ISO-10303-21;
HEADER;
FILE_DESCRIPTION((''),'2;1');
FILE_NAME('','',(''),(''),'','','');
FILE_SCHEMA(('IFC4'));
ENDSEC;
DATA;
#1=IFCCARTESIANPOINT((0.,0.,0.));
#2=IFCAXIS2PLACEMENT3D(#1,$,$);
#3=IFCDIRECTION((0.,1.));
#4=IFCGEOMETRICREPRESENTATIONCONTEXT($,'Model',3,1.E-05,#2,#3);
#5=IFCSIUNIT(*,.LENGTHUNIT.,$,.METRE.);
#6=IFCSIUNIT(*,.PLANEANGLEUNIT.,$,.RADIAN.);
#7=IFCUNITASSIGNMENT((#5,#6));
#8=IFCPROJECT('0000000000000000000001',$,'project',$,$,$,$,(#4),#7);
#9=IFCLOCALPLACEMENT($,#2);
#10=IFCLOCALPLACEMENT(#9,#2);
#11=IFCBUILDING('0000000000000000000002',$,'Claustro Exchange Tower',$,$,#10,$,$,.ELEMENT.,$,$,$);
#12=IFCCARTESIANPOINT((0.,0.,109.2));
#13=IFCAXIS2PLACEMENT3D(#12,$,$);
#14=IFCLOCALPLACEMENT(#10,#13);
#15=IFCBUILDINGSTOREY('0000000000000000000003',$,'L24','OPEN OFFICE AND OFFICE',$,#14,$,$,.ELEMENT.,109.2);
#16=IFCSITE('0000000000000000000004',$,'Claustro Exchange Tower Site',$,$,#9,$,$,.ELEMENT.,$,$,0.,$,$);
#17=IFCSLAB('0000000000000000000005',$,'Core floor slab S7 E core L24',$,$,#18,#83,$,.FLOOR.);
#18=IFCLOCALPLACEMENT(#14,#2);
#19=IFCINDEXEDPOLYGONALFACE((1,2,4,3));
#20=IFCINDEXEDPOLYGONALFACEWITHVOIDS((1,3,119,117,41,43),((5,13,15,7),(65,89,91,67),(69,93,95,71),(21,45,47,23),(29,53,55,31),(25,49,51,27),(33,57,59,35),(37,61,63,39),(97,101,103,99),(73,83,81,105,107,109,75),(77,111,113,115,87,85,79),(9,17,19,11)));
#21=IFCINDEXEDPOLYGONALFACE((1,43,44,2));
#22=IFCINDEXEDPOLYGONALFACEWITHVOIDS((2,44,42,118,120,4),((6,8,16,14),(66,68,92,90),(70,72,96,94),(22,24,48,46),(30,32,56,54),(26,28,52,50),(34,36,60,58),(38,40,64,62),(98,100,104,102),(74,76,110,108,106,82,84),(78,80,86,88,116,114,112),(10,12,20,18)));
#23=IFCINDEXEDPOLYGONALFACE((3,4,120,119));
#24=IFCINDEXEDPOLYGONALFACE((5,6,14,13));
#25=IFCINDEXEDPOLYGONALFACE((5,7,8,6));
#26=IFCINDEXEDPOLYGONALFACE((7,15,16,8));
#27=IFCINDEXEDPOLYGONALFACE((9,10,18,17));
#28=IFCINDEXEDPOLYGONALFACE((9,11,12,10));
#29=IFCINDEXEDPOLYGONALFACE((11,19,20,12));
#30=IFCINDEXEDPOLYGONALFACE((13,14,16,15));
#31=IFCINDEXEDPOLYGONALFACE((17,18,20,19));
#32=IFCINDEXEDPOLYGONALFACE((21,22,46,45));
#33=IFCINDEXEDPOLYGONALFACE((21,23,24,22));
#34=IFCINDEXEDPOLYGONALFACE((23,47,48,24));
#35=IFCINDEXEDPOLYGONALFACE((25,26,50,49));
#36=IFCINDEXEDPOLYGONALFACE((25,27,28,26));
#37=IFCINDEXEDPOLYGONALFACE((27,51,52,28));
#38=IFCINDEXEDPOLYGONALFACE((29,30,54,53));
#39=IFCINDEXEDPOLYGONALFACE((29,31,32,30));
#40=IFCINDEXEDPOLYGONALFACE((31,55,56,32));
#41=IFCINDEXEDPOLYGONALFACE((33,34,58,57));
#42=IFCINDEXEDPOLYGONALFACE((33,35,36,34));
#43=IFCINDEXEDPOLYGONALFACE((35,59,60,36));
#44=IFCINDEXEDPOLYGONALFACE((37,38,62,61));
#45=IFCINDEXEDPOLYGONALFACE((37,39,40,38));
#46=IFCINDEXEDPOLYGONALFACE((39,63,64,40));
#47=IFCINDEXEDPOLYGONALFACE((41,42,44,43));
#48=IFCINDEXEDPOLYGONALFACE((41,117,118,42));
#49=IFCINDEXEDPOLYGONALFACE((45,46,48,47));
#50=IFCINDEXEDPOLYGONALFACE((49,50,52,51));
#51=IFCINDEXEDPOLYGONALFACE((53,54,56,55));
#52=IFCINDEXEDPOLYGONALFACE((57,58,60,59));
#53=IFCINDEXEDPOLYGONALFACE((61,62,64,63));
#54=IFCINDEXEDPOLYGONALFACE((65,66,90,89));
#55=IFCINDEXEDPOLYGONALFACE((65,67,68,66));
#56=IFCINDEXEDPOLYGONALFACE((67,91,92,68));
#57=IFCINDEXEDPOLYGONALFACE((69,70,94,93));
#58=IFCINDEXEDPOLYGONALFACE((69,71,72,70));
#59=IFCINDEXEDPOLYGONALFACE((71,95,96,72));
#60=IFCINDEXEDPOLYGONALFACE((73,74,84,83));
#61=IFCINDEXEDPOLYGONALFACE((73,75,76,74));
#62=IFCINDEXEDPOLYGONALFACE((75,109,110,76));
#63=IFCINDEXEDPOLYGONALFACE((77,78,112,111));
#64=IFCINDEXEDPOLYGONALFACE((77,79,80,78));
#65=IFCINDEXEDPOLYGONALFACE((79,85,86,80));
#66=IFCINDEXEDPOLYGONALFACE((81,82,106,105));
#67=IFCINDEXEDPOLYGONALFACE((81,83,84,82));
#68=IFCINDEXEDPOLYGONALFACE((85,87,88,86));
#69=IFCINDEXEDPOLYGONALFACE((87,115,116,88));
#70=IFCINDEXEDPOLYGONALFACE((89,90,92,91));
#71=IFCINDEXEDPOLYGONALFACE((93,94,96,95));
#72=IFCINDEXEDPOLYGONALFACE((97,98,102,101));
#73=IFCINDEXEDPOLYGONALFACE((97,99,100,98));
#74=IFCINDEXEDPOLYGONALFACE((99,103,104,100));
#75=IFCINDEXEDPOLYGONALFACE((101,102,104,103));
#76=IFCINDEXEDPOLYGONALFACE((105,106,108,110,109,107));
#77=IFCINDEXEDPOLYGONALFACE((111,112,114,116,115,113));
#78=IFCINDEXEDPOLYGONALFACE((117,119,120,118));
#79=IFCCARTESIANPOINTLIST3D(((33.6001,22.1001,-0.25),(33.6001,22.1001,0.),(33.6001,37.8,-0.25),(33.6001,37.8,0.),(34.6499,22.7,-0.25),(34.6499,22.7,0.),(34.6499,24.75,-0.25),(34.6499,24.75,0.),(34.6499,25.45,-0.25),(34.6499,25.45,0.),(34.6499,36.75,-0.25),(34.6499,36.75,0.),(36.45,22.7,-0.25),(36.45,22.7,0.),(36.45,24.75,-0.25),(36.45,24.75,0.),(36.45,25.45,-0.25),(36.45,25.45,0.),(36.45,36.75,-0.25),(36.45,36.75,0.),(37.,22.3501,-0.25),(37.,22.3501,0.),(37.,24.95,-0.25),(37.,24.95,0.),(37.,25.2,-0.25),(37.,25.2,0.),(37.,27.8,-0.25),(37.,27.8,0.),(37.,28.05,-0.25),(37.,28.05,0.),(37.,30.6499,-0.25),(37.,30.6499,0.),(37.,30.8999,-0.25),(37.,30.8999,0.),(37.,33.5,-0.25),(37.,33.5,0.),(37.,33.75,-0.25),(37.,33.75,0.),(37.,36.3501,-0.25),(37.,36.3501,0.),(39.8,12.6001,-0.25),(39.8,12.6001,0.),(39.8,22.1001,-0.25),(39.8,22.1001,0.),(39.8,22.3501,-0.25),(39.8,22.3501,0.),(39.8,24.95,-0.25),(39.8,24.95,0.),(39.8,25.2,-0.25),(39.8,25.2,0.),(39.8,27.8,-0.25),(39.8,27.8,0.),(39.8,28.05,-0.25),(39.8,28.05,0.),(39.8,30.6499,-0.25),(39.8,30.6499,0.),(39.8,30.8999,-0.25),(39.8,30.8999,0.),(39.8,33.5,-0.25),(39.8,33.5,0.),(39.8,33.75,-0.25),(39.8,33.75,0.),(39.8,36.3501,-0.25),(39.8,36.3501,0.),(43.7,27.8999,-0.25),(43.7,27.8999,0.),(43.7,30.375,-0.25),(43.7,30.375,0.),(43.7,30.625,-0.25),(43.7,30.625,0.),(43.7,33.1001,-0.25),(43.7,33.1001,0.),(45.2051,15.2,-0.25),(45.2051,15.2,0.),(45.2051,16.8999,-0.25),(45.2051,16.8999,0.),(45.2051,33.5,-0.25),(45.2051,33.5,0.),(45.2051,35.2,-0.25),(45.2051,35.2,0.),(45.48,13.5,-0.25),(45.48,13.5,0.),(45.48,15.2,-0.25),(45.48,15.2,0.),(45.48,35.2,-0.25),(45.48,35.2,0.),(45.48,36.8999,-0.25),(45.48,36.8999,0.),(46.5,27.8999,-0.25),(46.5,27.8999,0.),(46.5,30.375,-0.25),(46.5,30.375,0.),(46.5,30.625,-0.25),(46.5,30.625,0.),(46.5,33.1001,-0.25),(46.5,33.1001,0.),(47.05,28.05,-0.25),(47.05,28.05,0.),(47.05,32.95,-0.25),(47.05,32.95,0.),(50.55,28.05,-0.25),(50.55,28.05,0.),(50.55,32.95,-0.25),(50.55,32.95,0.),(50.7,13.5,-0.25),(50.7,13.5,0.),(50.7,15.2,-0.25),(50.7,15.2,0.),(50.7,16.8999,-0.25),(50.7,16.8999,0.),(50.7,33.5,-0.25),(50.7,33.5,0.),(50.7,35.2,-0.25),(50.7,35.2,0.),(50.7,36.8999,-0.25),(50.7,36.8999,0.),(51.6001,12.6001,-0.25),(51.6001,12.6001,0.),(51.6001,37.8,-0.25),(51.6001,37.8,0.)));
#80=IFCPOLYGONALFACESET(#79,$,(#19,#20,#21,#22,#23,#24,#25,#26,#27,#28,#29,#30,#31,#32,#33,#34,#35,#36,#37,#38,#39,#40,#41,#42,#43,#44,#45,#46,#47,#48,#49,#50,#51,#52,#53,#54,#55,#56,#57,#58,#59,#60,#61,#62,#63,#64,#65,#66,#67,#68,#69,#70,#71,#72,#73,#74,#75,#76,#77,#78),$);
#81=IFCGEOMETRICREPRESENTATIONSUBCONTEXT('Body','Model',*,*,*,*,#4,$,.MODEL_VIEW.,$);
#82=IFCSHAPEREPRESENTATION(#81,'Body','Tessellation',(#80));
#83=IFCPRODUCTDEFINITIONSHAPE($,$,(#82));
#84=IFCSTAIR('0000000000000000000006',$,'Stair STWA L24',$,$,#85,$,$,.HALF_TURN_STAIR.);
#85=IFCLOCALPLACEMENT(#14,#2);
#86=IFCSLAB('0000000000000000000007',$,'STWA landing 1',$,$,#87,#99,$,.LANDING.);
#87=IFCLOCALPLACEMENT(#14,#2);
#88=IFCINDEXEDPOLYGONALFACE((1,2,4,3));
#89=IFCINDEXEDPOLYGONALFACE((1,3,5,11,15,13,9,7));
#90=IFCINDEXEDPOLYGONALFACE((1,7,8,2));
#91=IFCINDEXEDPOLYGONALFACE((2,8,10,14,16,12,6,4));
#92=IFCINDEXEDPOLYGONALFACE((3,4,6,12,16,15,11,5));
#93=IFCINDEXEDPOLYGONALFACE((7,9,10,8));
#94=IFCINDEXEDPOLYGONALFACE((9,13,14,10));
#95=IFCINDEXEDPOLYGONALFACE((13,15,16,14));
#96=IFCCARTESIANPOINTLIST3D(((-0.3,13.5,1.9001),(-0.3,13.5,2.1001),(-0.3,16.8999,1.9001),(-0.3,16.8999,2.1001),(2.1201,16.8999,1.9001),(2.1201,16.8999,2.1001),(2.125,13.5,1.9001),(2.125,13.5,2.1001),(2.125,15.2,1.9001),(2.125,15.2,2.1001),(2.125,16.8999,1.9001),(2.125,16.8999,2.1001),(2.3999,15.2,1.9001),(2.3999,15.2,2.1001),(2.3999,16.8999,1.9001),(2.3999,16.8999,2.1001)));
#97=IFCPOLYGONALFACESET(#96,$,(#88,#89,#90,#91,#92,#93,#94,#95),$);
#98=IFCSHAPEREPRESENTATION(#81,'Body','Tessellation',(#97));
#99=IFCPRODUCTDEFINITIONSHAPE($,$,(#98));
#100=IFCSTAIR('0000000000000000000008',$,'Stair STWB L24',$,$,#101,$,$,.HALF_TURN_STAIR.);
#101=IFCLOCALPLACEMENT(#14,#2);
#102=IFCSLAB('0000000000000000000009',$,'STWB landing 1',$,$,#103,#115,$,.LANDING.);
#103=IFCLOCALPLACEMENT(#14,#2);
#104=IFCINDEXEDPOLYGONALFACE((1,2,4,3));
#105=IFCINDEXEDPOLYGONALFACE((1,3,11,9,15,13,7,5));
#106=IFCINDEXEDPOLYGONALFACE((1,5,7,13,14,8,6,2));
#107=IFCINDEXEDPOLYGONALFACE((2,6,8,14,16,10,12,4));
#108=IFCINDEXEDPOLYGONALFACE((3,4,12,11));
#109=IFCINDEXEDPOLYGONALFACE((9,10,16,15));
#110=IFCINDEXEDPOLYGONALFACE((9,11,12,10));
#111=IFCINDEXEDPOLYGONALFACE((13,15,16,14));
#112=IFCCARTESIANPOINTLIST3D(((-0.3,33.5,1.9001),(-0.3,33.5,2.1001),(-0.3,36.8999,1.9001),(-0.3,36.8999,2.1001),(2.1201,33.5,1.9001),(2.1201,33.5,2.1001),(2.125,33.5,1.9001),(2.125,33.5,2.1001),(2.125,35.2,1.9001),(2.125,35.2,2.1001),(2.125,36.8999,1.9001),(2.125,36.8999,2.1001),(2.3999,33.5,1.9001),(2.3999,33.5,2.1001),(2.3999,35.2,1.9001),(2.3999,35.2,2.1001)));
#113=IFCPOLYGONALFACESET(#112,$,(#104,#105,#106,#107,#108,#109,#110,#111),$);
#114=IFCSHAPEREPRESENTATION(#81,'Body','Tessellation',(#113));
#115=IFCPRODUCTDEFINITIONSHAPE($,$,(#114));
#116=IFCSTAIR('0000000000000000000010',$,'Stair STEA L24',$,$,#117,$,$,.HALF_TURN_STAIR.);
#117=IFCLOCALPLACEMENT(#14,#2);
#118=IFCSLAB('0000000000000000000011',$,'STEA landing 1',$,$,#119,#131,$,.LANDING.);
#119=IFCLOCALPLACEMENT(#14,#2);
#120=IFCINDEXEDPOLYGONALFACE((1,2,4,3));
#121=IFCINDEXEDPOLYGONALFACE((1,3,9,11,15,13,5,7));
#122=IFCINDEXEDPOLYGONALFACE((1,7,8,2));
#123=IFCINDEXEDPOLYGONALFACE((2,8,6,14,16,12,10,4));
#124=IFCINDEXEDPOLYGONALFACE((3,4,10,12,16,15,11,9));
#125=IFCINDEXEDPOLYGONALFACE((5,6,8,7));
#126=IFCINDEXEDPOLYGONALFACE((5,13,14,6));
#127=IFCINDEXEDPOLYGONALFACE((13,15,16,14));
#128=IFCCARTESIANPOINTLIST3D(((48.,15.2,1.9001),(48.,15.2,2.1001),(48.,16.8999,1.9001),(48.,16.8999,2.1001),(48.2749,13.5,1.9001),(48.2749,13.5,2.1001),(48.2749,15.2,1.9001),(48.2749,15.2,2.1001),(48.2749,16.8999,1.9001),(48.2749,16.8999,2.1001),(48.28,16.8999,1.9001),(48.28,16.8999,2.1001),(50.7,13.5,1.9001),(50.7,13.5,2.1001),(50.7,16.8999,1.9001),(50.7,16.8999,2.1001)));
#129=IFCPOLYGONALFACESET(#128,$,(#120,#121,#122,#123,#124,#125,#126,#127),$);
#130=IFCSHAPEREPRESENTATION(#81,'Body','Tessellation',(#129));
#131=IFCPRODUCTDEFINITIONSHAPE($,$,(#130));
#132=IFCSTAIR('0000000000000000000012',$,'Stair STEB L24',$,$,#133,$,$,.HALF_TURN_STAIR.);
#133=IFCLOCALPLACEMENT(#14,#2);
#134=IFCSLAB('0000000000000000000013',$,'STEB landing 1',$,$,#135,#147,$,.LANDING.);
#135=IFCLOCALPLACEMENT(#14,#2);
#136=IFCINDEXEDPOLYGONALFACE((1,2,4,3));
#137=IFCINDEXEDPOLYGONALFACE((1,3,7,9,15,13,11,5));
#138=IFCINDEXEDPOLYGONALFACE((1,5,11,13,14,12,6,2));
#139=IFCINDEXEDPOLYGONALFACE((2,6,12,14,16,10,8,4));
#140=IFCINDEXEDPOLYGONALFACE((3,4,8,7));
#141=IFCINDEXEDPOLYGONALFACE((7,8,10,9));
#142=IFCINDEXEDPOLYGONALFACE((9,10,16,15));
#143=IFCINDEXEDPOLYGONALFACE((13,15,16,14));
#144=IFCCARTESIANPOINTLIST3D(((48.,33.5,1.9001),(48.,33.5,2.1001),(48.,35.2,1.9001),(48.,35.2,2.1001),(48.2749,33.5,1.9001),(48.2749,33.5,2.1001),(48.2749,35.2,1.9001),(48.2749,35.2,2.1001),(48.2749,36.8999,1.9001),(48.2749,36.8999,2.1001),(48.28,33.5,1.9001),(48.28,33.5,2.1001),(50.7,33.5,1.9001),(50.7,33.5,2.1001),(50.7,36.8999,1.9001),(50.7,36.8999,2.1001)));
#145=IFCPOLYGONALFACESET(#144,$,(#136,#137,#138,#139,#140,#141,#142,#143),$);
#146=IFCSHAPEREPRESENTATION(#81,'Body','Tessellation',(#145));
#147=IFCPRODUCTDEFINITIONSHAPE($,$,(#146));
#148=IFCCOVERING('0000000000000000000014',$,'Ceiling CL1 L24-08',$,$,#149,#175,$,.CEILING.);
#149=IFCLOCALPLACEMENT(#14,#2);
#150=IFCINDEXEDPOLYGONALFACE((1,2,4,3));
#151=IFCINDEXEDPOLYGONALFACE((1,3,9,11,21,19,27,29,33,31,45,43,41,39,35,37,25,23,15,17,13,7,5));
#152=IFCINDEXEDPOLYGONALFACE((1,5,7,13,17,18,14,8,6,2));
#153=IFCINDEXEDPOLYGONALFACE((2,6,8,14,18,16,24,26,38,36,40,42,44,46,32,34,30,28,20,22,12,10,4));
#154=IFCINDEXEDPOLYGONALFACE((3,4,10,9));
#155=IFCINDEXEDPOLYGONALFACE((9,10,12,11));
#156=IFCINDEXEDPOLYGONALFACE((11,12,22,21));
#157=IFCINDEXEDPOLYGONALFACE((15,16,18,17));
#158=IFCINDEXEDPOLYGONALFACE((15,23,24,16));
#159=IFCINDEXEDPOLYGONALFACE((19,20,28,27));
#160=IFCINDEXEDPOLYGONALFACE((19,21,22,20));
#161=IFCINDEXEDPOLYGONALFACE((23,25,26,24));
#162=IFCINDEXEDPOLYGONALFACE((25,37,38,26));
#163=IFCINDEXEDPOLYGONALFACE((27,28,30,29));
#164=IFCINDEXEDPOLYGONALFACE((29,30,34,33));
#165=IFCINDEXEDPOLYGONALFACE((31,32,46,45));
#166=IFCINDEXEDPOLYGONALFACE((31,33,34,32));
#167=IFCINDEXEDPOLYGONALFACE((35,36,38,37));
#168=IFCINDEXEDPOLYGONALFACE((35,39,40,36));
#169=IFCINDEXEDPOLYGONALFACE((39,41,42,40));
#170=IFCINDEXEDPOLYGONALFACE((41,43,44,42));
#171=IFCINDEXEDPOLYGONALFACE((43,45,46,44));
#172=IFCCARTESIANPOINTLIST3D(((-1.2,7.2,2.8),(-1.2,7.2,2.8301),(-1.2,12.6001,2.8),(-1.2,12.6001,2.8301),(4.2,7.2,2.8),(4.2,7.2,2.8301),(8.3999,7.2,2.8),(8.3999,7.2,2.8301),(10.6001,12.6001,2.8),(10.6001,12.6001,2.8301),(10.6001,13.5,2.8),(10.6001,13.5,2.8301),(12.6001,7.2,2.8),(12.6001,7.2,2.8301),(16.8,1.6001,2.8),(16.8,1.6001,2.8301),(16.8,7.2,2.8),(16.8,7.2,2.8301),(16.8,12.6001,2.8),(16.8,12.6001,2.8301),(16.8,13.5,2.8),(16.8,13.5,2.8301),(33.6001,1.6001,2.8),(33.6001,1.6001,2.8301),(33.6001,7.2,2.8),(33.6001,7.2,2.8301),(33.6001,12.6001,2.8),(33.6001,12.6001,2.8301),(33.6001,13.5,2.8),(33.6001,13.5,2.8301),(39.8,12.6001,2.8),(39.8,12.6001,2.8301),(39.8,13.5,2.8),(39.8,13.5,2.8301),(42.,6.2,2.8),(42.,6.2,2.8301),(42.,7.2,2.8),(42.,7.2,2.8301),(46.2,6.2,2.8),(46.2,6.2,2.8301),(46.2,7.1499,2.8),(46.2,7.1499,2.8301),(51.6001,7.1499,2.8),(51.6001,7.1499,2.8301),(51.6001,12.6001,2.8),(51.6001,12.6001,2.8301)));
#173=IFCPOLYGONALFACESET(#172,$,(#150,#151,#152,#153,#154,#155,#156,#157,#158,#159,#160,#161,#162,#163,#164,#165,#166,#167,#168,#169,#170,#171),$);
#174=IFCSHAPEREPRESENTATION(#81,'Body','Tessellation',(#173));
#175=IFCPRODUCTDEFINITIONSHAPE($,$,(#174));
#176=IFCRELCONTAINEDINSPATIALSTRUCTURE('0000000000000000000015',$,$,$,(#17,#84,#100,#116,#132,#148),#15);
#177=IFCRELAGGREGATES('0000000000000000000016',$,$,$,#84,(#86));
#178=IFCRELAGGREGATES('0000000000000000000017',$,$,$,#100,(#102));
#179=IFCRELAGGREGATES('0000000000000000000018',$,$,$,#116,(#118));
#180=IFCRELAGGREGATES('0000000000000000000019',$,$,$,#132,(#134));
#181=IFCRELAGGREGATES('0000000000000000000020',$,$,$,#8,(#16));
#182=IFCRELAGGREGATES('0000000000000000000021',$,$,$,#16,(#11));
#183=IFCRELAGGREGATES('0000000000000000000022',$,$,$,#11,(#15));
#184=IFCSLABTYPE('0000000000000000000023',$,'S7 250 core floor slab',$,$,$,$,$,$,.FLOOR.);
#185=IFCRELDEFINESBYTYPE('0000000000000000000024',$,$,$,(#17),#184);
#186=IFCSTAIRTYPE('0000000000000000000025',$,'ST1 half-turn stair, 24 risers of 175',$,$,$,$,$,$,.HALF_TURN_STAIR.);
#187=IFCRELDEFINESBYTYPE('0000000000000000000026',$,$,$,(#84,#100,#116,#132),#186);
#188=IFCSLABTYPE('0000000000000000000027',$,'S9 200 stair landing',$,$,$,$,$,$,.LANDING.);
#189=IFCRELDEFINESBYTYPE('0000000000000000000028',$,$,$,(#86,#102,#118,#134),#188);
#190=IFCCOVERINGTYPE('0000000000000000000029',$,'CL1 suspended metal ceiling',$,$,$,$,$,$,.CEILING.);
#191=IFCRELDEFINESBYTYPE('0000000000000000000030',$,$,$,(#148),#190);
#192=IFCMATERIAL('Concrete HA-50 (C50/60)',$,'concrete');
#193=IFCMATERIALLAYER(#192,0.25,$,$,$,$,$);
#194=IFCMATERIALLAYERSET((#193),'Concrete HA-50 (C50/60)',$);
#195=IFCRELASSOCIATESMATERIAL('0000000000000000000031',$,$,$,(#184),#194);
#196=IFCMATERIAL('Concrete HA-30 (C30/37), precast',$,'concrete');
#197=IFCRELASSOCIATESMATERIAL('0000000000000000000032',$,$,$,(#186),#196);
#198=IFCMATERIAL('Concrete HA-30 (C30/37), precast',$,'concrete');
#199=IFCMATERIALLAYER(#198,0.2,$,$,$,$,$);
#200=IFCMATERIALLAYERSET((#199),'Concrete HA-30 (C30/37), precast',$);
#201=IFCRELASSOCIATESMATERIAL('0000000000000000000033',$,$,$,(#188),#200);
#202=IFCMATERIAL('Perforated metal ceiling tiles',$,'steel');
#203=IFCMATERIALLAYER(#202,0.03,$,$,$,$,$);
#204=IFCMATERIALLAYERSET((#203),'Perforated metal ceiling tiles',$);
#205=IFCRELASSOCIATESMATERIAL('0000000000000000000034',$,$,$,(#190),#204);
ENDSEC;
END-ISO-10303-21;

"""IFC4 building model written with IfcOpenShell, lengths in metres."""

from ifc_helpers import new_model, si_unit, direction, frame, origin, place, context, subcontext, project, spatial, polyline, outline, extrude, material, layer, layer_set, type_object, element, aggregate, save


model = new_model("IFC4")

# Units and contexts
model_context = context("Model", 3, precision=1e-05, world=origin(), true_north=direction((0.0, 1.0)))
body_context = subcontext(model_context, "Body", "Model", "MODEL_VIEW")
ifc_project = project(units=[si_unit("LENGTHUNIT", "METRE"), si_unit("PLANEANGLEUNIT", "RADIAN")], contexts=[model_context])

# Site, building, storey
site_placement = place(None, origin())
site = spatial("IfcSite", under=ifc_project, at=site_placement, Name="Claustro Exchange Tower Site", CompositionType="ELEMENT", RefElevation=0.0)
building_placement = place(site_placement, origin())
building = spatial("IfcBuilding", under=site, at=building_placement, Name="Claustro Exchange Tower", CompositionType="ELEMENT")
storey_placement = place(building_placement, frame((0.0, 0.0, 109.2)))
storey = spatial("IfcBuildingStorey", under=building, at=storey_placement, Name="L24", Description="OPEN OFFICE AND OFFICE", CompositionType="ELEMENT", Elevation=109.2)

# Slab
ifc_material_1 = material(Name="Concrete HA-50 (C50/60)", Category="concrete")
ifc_layer_1 = layer(ifc_material_1, 0.25)
ifc_layer_set_1 = layer_set([ifc_layer_1], Name="Concrete HA-50 (C50/60)")
slab_type_1 = type_object("IfcSlabType", Name="S7 250 core floor slab", PredefinedType="FLOOR", material=ifc_layer_set_1)
slab_1_placement = place(storey_placement, frame((0.0, 0.0, -0.25)))
element("IfcSlab", 1, at=slab_1_placement, inside=storey, type_object=slab_type_1, Name="Core floor slab S7 E core L24", PredefinedType="FLOOR", context=body_context, shape_type="SweptSolid", body=[
    extrude(outline(polyline([(51.6001, 37.8), (33.6001, 37.8), (33.6001, 22.1001), (39.8, 22.1001), (39.8, 12.6001), (51.6001, 12.6001), (51.6001, 37.8)]), holes=[polyline([(45.48, 15.2), (45.2051, 15.2), (45.2051, 16.8999), (50.7, 16.8999), (50.7, 15.2), (50.7, 13.5), (45.48, 13.5), (45.48, 15.2)]), polyline([(45.48, 35.2), (45.48, 36.8999), (50.7, 36.8999), (50.7, 35.2), (50.7, 33.5), (45.2051, 33.5), (45.2051, 35.2), (45.48, 35.2)]), polyline([(50.55, 32.95), (50.55, 28.05), (47.05, 28.05), (47.05, 32.95), (50.55, 32.95)]), polyline([(43.7, 33.1001), (46.5, 33.1001), (46.5, 30.625), (43.7, 30.625), (43.7, 33.1001)]), polyline([(46.5, 30.375), (46.5, 27.8999), (43.7, 27.8999), (43.7, 30.375), (46.5, 30.375)]), polyline([(37.0, 24.95), (39.8, 24.95), (39.8, 22.3501), (37.0, 22.3501), (37.0, 24.95)]), polyline([(37.0, 30.6499), (39.8, 30.6499), (39.8, 28.05), (37.0, 28.05), (37.0, 30.6499)]), polyline([(39.8, 27.8), (39.8, 25.2), (37.0, 25.2), (37.0, 27.8), (39.8, 27.8)]), polyline([(39.8, 33.5), (39.8, 30.8999), (37.0, 30.8999), (37.0, 33.5), (39.8, 33.5)]), polyline([(39.8, 36.3501), (39.8, 33.75), (37.0, 33.75), (37.0, 36.3501), (39.8, 36.3501)]), polyline([(36.45, 24.75), (36.45, 22.7), (34.6499, 22.7), (34.6499, 24.75), (36.45, 24.75)]), polyline([(36.45, 36.75), (36.45, 25.45), (34.6499, 25.45), (34.6499, 36.75), (36.45, 36.75)])]), origin(), (0.0, 0.0, 1.0), 0.25),
])

# Stairs, slabs
ifc_material_2 = material(Name="Concrete HA-30 (C30/37), precast", Category="concrete")
stair_type = type_object("IfcStairType", Name="ST1 half-turn stair, 24 risers of 175", PredefinedType="HALF_TURN_STAIR", material=ifc_material_2)
stair_1_placement = place(storey_placement, origin())
stair_1 = element("IfcStair", 2, at=stair_1_placement, inside=storey, type_object=stair_type, Name="Stair STWA L24", PredefinedType="HALF_TURN_STAIR")
ifc_material_3 = material(Name="Concrete HA-30 (C30/37), precast", Category="concrete")
ifc_layer_2 = layer(ifc_material_3, 0.2)
ifc_layer_set_2 = layer_set([ifc_layer_2], Name="Concrete HA-30 (C30/37), precast")
slab_type_2 = type_object("IfcSlabType", Name="S9 200 stair landing", PredefinedType="LANDING", material=ifc_layer_set_2)
slab_2_placement = place(storey_placement, frame((0.0, 0.0, 1.9001)))
slab_2 = element("IfcSlab", 3, at=slab_2_placement, type_object=slab_type_2, Name="STWA landing 1", PredefinedType="LANDING", context=body_context, shape_type="SweptSolid", body=[
    extrude(outline(polyline([(2.125, 13.5), (-0.3, 13.5), (-0.3, 16.8999), (2.1201, 16.8999), (2.125, 16.8999), (2.3999, 16.8999), (2.3999, 15.2), (2.125, 15.2), (2.125, 13.5)])), origin(), (0.0, 0.0, 1.0), 0.2),
])
aggregate(stair_1, [slab_2])
stair_2_placement = place(storey_placement, origin())
stair_2 = element("IfcStair", 4, at=stair_2_placement, inside=storey, type_object=stair_type, Name="Stair STWB L24", PredefinedType="HALF_TURN_STAIR")
slab_3_placement = place(storey_placement, frame((0.0, 0.0, 1.9001)))
slab_3 = element("IfcSlab", 5, at=slab_3_placement, type_object=slab_type_2, Name="STWB landing 1", PredefinedType="LANDING", context=body_context, shape_type="SweptSolid", body=[
    extrude(outline(polyline([(2.3999, 35.2), (2.3999, 33.5), (2.125, 33.5), (2.1201, 33.5), (-0.3, 33.5), (-0.3, 36.8999), (2.125, 36.8999), (2.125, 35.2), (2.3999, 35.2)])), origin(), (0.0, 0.0, 1.0), 0.2),
])
aggregate(stair_2, [slab_3])
stair_3_placement = place(storey_placement, origin())
stair_3 = element("IfcStair", 6, at=stair_3_placement, inside=storey, type_object=stair_type, Name="Stair STEA L24", PredefinedType="HALF_TURN_STAIR")
slab_4_placement = place(storey_placement, frame((0.0, 0.0, 1.9001)))
slab_4 = element("IfcSlab", 7, at=slab_4_placement, type_object=slab_type_2, Name="STEA landing 1", PredefinedType="LANDING", context=body_context, shape_type="SweptSolid", body=[
    extrude(outline(polyline([(50.7, 16.8999), (50.7, 13.5), (48.2749, 13.5), (48.2749, 15.2), (48.0, 15.2), (48.0, 16.8999), (48.2749, 16.8999), (48.28, 16.8999), (50.7, 16.8999)])), origin(), (0.0, 0.0, 1.0), 0.2),
])
aggregate(stair_3, [slab_4])
stair_4_placement = place(storey_placement, origin())
stair_4 = element("IfcStair", 8, at=stair_4_placement, inside=storey, type_object=stair_type, Name="Stair STEB L24", PredefinedType="HALF_TURN_STAIR")
slab_5_placement = place(storey_placement, frame((0.0, 0.0, 1.9001)))
slab_5 = element("IfcSlab", 9, at=slab_5_placement, type_object=slab_type_2, Name="STEB landing 1", PredefinedType="LANDING", context=body_context, shape_type="SweptSolid", body=[
    extrude(outline(polyline([(48.0, 33.5), (48.0, 35.2), (48.2749, 35.2), (48.2749, 36.8999), (50.7, 36.8999), (50.7, 33.5), (48.28, 33.5), (48.2749, 33.5), (48.0, 33.5)])), origin(), (0.0, 0.0, 1.0), 0.2),
])
aggregate(stair_4, [slab_5])

# Covering
ifc_material_4 = material(Name="Perforated metal ceiling tiles", Category="steel")
ifc_layer_3 = layer(ifc_material_4, 0.03)
ifc_layer_set_3 = layer_set([ifc_layer_3], Name="Perforated metal ceiling tiles")
covering_type_1 = type_object("IfcCoveringType", Name="CL1 suspended metal ceiling", PredefinedType="CEILING", material=ifc_layer_set_3)
covering_1_placement = place(storey_placement, frame((0.0, 0.0, 2.8)))
element("IfcCovering", 10, at=covering_1_placement, inside=storey, type_object=covering_type_1, Name="Ceiling CL1 L24-08", PredefinedType="CEILING", context=body_context, shape_type="SweptSolid", body=[
    extrude(outline(polyline([(-1.2, 12.6001), (-1.2, 7.2), (4.2, 7.2), (8.3999, 7.2), (12.6001, 7.2), (16.8, 7.2), (16.8, 1.6001), (33.6001, 1.6001), (33.6001, 7.2), (42.0, 7.2), (42.0, 6.2), (46.2, 6.2), (46.2, 7.1499), (51.6001, 7.1499), (51.6001, 12.6001), (39.8, 12.6001), (39.8, 13.5), (33.6001, 13.5), (33.6001, 12.6001), (16.8, 12.6001), (16.8, 13.5), (10.6001, 13.5), (10.6001, 12.6001), (-1.2, 12.6001)])), origin(), (0.0, 0.0, 1.0), 0.03),
])

save(model, "model.ifc")
